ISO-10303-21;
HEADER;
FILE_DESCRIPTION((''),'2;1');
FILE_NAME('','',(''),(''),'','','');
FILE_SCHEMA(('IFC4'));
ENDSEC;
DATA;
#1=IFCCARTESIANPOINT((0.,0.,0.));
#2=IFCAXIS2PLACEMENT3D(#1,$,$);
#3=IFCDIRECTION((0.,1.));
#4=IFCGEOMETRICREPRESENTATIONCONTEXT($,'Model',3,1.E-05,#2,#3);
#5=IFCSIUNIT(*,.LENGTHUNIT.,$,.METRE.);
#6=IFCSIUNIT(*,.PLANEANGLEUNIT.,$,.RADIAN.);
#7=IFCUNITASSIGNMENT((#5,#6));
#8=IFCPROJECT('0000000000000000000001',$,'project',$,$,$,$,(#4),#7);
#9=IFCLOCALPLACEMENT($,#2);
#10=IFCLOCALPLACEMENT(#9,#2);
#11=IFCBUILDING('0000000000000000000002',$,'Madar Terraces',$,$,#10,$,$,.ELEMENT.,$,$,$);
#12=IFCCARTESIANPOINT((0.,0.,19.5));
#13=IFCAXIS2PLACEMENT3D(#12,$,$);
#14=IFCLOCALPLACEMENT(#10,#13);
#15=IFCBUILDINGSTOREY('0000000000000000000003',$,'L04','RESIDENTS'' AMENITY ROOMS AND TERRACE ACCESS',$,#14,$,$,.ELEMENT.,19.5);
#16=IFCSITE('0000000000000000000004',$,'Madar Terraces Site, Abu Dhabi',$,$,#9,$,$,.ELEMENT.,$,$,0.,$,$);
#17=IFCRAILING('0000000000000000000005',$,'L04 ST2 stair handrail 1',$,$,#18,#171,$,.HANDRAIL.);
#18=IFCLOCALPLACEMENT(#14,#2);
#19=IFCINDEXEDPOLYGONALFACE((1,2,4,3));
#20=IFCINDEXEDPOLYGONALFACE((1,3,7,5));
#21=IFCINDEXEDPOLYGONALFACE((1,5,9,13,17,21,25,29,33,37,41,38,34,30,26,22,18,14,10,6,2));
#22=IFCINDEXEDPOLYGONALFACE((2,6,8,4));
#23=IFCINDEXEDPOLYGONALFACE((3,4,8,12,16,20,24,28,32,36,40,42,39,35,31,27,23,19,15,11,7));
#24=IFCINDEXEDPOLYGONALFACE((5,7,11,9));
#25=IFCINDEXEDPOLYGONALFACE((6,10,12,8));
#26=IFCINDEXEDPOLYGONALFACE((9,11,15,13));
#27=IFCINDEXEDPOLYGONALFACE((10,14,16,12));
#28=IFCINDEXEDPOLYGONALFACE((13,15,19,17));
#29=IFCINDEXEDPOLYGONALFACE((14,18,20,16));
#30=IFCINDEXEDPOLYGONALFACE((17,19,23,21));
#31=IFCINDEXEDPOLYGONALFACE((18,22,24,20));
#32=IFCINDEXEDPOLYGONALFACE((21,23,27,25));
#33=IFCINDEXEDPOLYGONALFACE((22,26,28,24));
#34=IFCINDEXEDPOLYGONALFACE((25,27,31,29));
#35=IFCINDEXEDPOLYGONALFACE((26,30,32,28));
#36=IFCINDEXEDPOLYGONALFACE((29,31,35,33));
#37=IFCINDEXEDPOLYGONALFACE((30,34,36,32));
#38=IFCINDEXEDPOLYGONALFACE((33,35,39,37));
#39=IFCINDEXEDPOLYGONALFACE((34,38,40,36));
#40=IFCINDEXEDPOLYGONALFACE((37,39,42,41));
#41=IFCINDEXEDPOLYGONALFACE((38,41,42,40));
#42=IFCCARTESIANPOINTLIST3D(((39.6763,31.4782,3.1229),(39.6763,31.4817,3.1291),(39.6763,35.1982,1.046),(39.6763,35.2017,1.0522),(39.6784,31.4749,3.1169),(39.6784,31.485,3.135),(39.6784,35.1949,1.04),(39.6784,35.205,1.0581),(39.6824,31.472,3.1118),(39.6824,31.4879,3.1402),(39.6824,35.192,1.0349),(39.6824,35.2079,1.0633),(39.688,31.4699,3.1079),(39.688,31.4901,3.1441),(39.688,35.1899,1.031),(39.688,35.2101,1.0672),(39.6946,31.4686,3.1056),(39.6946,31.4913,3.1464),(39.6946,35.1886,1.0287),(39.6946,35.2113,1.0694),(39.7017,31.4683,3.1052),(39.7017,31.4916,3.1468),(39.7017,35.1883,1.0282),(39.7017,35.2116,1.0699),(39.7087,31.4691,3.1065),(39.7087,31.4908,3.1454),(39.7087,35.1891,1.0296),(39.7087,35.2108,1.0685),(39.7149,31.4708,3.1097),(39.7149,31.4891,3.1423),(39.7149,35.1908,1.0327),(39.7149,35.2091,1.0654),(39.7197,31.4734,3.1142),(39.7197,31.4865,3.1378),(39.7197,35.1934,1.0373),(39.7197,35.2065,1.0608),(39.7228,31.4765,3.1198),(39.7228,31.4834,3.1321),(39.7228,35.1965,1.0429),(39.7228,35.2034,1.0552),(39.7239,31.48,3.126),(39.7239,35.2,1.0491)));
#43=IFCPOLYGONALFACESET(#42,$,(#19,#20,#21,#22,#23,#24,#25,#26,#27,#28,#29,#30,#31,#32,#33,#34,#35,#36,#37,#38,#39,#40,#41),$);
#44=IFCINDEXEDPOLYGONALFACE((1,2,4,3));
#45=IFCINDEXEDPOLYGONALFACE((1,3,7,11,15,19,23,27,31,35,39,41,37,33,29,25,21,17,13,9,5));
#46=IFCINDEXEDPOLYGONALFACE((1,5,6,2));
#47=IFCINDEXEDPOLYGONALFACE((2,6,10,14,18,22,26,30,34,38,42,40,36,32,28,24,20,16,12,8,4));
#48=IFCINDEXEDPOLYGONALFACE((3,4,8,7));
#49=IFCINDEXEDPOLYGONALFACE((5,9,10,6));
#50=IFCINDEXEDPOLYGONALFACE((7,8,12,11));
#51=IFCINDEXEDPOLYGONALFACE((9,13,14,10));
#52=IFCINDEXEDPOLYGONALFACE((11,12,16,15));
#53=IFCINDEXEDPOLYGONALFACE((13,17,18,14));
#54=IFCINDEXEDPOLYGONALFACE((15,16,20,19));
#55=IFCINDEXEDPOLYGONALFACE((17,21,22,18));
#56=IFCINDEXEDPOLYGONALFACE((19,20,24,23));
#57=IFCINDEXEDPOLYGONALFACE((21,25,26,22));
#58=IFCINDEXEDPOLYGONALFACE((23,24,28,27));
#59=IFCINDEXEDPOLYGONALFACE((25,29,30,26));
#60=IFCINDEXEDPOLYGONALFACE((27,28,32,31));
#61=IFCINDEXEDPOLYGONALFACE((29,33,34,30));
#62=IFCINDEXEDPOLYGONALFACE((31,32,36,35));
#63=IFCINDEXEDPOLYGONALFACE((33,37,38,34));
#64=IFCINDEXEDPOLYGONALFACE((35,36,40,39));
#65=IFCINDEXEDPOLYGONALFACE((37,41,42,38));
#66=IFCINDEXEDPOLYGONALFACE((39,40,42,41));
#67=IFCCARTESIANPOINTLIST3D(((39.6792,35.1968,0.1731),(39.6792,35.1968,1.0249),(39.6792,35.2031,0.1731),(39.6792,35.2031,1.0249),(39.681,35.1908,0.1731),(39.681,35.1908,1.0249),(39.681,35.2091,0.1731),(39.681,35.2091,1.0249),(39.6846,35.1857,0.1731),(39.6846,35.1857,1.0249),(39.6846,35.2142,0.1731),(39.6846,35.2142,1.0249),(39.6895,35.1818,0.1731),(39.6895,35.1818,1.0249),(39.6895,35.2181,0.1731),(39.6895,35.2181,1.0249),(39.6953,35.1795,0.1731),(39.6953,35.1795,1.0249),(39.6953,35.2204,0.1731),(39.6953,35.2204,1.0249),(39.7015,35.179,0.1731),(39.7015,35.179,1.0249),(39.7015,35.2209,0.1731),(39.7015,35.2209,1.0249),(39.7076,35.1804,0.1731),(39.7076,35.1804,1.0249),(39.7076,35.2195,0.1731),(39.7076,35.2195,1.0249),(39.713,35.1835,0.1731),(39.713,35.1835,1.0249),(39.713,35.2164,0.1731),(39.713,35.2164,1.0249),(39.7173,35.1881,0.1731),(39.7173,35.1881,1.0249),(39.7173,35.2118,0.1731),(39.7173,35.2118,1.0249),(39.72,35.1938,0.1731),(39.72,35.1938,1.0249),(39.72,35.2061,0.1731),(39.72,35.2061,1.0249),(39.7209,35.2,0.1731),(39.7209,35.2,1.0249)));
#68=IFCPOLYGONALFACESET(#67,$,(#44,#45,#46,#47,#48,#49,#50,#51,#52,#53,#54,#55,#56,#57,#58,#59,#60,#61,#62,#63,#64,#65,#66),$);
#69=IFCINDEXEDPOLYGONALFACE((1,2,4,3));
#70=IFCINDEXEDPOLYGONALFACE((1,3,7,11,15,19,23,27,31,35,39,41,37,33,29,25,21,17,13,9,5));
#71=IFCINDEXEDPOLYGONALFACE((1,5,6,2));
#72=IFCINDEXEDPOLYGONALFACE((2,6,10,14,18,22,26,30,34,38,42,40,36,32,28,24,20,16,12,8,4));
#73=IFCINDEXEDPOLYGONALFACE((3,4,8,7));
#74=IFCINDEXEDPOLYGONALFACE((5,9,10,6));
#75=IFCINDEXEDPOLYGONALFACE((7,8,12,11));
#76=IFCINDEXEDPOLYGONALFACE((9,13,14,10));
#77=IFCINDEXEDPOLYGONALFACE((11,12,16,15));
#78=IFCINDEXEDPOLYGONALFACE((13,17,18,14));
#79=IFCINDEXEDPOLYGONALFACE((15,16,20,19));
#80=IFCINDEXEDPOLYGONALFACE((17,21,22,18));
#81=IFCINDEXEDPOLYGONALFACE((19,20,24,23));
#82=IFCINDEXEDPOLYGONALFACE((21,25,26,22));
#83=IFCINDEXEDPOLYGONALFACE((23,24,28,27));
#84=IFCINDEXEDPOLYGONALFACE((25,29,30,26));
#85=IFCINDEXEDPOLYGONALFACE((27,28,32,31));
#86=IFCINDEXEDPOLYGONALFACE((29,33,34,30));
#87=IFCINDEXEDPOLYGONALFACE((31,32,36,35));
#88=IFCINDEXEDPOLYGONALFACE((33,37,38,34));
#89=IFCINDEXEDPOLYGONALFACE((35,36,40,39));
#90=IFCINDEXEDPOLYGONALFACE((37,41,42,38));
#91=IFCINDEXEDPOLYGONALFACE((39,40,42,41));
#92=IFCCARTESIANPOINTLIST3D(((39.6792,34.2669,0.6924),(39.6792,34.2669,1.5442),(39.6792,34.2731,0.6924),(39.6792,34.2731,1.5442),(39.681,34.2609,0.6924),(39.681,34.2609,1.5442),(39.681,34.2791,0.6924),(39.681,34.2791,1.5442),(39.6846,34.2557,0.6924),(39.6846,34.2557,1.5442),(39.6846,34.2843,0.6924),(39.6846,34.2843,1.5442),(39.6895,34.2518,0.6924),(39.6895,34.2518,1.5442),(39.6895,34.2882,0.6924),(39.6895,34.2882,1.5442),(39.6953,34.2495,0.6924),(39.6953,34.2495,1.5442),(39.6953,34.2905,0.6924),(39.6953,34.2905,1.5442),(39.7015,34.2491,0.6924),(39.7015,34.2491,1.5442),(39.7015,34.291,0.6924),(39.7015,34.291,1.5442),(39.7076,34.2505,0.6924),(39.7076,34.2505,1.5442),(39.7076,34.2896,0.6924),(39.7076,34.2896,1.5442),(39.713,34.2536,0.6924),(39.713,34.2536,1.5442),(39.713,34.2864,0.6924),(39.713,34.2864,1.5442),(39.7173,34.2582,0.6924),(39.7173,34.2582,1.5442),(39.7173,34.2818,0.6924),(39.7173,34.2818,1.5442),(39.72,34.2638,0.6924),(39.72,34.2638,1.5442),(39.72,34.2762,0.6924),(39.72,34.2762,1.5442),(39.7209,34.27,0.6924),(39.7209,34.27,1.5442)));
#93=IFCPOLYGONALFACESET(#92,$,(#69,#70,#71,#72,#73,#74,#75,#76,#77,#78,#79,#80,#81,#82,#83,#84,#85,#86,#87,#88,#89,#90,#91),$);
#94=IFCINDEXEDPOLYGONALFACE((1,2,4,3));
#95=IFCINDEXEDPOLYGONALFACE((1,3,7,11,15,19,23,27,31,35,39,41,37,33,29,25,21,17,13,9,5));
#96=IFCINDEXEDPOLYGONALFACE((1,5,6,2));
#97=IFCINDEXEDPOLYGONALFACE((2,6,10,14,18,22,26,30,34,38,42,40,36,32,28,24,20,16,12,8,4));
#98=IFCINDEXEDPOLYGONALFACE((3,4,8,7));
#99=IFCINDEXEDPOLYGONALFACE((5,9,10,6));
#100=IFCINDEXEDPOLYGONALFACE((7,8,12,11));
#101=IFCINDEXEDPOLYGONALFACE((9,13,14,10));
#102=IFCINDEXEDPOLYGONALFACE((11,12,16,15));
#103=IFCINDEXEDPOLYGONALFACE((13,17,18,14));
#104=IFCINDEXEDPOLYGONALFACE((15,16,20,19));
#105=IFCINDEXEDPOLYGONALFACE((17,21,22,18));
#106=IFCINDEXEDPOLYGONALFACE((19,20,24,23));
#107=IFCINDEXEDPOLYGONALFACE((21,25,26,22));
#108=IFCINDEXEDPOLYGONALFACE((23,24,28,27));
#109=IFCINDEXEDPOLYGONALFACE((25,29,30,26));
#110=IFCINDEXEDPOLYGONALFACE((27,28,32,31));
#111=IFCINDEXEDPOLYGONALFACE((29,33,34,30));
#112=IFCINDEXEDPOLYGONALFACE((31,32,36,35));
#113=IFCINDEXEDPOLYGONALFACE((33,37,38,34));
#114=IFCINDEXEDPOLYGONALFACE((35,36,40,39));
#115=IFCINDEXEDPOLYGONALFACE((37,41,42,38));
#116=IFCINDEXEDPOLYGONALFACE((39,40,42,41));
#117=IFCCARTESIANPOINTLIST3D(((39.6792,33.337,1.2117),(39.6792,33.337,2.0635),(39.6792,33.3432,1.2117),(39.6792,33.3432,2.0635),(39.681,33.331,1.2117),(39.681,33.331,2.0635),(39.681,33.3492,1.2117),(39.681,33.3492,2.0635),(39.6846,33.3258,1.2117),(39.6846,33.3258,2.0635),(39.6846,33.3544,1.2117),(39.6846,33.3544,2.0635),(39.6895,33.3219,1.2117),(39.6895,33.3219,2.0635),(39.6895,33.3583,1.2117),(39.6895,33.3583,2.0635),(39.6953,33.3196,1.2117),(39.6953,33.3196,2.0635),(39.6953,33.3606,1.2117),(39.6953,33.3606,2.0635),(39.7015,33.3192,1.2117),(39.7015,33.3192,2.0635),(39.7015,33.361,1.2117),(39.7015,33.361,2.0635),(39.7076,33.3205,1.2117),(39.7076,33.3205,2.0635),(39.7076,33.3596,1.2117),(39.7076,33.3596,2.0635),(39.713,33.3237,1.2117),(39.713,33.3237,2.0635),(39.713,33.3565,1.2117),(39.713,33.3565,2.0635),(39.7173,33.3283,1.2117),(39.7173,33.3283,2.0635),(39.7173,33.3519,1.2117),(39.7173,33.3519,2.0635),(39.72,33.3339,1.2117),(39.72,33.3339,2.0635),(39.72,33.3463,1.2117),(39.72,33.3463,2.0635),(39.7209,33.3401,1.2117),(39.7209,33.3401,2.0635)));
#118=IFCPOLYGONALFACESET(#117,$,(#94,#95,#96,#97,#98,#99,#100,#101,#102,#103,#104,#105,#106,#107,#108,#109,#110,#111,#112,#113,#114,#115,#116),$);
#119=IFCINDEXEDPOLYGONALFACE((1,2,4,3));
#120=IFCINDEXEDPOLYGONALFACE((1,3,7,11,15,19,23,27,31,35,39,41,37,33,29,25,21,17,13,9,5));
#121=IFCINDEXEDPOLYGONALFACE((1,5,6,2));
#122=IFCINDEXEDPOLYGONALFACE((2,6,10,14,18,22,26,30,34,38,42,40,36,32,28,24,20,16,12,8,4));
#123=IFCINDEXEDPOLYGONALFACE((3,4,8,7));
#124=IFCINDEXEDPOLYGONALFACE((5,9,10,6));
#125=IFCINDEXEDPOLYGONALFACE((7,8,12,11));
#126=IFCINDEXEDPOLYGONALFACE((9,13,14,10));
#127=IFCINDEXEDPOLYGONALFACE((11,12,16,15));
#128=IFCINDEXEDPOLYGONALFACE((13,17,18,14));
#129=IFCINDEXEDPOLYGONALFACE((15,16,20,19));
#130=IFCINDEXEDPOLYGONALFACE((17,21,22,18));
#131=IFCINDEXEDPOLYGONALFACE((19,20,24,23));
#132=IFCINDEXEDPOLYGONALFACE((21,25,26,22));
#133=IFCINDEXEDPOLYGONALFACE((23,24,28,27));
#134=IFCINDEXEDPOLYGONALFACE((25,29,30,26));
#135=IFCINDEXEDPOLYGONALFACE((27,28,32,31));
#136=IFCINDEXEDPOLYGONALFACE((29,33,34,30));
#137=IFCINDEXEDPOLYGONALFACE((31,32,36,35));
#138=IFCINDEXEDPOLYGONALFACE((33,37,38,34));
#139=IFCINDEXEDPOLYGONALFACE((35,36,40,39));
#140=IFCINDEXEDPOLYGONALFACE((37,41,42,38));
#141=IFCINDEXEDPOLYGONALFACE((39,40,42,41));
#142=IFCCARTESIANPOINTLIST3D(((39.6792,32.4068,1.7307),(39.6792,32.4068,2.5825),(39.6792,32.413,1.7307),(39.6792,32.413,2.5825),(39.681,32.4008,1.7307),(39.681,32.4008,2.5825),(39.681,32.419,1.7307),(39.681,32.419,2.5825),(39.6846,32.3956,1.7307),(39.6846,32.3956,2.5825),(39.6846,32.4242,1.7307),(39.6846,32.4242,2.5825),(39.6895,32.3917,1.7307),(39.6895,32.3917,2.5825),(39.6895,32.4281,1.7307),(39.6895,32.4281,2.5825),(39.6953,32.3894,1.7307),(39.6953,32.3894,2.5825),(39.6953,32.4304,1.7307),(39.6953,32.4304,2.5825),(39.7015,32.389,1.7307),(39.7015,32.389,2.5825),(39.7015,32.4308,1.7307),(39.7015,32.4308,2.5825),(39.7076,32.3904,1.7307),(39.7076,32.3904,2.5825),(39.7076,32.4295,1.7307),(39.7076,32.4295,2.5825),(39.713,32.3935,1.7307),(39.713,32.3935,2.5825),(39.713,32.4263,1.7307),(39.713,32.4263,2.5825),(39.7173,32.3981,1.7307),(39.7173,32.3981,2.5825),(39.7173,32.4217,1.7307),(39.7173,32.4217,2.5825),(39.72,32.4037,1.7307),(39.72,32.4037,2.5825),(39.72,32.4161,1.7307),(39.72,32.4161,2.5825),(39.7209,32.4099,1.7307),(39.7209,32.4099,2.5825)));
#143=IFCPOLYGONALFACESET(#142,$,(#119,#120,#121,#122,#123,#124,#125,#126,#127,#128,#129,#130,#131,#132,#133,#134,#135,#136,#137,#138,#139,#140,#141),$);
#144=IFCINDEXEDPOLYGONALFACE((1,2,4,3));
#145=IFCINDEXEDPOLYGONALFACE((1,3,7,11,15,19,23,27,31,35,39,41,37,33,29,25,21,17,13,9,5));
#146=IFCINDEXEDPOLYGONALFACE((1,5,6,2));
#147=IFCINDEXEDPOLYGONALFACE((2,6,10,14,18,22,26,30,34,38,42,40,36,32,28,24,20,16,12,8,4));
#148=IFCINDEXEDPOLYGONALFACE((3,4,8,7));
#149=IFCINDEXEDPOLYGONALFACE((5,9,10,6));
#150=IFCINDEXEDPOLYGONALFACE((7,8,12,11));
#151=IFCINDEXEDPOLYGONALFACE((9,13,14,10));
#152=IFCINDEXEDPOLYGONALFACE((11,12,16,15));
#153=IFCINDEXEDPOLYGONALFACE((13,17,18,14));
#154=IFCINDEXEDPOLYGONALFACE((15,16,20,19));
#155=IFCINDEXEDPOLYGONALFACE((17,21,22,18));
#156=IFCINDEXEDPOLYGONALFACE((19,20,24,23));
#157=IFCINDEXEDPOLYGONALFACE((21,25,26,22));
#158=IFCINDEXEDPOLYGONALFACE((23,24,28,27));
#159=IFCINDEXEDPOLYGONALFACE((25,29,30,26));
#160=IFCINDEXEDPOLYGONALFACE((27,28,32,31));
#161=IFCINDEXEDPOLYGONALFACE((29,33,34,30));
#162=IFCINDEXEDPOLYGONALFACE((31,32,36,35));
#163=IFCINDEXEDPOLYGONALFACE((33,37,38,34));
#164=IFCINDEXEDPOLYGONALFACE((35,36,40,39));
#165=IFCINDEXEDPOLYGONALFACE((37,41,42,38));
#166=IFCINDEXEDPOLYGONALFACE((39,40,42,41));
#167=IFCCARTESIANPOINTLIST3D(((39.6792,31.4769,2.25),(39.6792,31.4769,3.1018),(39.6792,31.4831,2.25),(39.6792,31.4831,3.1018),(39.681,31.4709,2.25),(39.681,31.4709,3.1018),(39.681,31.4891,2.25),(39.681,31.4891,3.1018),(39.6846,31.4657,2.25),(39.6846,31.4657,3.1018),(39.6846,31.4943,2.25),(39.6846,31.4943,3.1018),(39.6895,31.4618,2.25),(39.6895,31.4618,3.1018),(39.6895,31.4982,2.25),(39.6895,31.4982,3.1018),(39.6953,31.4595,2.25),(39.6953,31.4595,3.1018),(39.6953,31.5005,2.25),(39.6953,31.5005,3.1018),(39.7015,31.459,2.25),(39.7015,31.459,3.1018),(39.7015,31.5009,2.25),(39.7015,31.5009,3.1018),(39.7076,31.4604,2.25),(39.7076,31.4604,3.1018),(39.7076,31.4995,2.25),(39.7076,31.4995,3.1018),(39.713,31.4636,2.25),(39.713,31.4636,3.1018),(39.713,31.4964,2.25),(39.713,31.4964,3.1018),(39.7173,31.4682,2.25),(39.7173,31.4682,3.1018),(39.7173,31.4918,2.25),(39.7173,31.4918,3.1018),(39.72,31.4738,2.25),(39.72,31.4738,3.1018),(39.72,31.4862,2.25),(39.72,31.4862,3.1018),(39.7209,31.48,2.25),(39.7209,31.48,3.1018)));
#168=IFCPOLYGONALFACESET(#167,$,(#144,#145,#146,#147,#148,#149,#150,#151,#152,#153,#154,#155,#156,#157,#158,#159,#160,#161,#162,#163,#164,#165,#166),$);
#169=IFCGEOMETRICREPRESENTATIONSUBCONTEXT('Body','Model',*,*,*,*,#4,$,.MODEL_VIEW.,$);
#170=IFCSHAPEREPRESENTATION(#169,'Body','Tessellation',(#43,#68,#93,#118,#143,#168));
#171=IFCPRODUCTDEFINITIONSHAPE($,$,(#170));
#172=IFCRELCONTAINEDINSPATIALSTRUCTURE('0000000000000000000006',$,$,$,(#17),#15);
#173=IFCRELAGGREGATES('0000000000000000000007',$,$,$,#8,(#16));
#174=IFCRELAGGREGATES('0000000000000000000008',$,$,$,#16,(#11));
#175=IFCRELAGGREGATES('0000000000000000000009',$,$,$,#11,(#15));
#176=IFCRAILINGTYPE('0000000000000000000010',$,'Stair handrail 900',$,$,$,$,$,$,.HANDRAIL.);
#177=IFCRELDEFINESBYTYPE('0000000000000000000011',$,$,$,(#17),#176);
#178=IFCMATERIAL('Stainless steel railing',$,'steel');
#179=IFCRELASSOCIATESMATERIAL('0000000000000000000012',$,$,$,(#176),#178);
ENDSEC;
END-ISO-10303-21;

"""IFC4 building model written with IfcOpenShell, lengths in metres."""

from ifc_helpers import new_model, si_unit, direction, frame, origin, origin_2d, place, context, subcontext, project, spatial, circle, extrude, material, type_object, element, save


model = new_model("IFC4")

# Units and contexts
model_context = context("Model", 3, precision=1e-05, world=origin(), true_north=direction((0.0, 1.0)))
body_context = subcontext(model_context, "Body", "Model", "MODEL_VIEW")
ifc_project = project(units=[si_unit("LENGTHUNIT", "METRE"), si_unit("PLANEANGLEUNIT", "RADIAN")], contexts=[model_context])

# Site, building, storey
site_placement = place(None, origin())
site = spatial("IfcSite", under=ifc_project, at=site_placement, Name="Madar Terraces Site, Abu Dhabi", CompositionType="ELEMENT", RefElevation=0.0)
building_placement = place(site_placement, origin())
building = spatial("IfcBuilding", under=site, at=building_placement, Name="Madar Terraces", CompositionType="ELEMENT")
storey_placement = place(building_placement, frame((0.0, 0.0, 19.5)))
storey = spatial("IfcBuildingStorey", under=building, at=storey_placement, Name="L04", Description="RESIDENTS' AMENITY ROOMS AND TERRACE ACCESS", CompositionType="ELEMENT", Elevation=19.5)

# Railing
ifc_material_1 = material(Name="Stainless steel railing", Category="steel")
railing_type_1 = type_object("IfcRailingType", Name="Stair handrail 900", PredefinedType="HANDRAIL", material=ifc_material_1)
railing_1_placement = place(storey_placement, frame((39.7, 35.2, 0.1731)))
element("IfcRailing", 1, at=railing_1_placement, inside=storey, type_object=railing_type_1, Name="L04 ST2 stair handrail 1", PredefinedType="HANDRAIL", context=body_context, shape_type="SweptSolid", body=[
    extrude(circle(Radius=0.0239, at=origin_2d()), frame((0.0, 0.0, 0.876), z_axis=(0.0, -0.873134, 0.487481), x_axis=(1.0, 0.0, 0.0)), (0.0, 0.0, 1.0), 4.2605),
    extrude(circle(Radius=0.021, at=origin_2d()), origin(), (0.0, 0.0, 1.0), 0.8518),
    extrude(circle(Radius=0.021, at=origin_2d()), frame((0.0, -0.9299, 0.5193)), (0.0, 0.0, 1.0), 0.8518),
    extrude(circle(Radius=0.021, at=origin_2d()), frame((0.0, -1.8599, 1.0386)), (0.0, 0.0, 1.0), 0.8518),
    extrude(circle(Radius=0.021, at=origin_2d()), frame((0.0, -2.79, 1.5576)), (0.0, 0.0, 1.0), 0.8518),
    extrude(circle(Radius=0.021, at=origin_2d()), frame((0.0, -3.72, 2.0769)), (0.0, 0.0, 1.0), 0.8518),
])

save(model, "model.ifc")
